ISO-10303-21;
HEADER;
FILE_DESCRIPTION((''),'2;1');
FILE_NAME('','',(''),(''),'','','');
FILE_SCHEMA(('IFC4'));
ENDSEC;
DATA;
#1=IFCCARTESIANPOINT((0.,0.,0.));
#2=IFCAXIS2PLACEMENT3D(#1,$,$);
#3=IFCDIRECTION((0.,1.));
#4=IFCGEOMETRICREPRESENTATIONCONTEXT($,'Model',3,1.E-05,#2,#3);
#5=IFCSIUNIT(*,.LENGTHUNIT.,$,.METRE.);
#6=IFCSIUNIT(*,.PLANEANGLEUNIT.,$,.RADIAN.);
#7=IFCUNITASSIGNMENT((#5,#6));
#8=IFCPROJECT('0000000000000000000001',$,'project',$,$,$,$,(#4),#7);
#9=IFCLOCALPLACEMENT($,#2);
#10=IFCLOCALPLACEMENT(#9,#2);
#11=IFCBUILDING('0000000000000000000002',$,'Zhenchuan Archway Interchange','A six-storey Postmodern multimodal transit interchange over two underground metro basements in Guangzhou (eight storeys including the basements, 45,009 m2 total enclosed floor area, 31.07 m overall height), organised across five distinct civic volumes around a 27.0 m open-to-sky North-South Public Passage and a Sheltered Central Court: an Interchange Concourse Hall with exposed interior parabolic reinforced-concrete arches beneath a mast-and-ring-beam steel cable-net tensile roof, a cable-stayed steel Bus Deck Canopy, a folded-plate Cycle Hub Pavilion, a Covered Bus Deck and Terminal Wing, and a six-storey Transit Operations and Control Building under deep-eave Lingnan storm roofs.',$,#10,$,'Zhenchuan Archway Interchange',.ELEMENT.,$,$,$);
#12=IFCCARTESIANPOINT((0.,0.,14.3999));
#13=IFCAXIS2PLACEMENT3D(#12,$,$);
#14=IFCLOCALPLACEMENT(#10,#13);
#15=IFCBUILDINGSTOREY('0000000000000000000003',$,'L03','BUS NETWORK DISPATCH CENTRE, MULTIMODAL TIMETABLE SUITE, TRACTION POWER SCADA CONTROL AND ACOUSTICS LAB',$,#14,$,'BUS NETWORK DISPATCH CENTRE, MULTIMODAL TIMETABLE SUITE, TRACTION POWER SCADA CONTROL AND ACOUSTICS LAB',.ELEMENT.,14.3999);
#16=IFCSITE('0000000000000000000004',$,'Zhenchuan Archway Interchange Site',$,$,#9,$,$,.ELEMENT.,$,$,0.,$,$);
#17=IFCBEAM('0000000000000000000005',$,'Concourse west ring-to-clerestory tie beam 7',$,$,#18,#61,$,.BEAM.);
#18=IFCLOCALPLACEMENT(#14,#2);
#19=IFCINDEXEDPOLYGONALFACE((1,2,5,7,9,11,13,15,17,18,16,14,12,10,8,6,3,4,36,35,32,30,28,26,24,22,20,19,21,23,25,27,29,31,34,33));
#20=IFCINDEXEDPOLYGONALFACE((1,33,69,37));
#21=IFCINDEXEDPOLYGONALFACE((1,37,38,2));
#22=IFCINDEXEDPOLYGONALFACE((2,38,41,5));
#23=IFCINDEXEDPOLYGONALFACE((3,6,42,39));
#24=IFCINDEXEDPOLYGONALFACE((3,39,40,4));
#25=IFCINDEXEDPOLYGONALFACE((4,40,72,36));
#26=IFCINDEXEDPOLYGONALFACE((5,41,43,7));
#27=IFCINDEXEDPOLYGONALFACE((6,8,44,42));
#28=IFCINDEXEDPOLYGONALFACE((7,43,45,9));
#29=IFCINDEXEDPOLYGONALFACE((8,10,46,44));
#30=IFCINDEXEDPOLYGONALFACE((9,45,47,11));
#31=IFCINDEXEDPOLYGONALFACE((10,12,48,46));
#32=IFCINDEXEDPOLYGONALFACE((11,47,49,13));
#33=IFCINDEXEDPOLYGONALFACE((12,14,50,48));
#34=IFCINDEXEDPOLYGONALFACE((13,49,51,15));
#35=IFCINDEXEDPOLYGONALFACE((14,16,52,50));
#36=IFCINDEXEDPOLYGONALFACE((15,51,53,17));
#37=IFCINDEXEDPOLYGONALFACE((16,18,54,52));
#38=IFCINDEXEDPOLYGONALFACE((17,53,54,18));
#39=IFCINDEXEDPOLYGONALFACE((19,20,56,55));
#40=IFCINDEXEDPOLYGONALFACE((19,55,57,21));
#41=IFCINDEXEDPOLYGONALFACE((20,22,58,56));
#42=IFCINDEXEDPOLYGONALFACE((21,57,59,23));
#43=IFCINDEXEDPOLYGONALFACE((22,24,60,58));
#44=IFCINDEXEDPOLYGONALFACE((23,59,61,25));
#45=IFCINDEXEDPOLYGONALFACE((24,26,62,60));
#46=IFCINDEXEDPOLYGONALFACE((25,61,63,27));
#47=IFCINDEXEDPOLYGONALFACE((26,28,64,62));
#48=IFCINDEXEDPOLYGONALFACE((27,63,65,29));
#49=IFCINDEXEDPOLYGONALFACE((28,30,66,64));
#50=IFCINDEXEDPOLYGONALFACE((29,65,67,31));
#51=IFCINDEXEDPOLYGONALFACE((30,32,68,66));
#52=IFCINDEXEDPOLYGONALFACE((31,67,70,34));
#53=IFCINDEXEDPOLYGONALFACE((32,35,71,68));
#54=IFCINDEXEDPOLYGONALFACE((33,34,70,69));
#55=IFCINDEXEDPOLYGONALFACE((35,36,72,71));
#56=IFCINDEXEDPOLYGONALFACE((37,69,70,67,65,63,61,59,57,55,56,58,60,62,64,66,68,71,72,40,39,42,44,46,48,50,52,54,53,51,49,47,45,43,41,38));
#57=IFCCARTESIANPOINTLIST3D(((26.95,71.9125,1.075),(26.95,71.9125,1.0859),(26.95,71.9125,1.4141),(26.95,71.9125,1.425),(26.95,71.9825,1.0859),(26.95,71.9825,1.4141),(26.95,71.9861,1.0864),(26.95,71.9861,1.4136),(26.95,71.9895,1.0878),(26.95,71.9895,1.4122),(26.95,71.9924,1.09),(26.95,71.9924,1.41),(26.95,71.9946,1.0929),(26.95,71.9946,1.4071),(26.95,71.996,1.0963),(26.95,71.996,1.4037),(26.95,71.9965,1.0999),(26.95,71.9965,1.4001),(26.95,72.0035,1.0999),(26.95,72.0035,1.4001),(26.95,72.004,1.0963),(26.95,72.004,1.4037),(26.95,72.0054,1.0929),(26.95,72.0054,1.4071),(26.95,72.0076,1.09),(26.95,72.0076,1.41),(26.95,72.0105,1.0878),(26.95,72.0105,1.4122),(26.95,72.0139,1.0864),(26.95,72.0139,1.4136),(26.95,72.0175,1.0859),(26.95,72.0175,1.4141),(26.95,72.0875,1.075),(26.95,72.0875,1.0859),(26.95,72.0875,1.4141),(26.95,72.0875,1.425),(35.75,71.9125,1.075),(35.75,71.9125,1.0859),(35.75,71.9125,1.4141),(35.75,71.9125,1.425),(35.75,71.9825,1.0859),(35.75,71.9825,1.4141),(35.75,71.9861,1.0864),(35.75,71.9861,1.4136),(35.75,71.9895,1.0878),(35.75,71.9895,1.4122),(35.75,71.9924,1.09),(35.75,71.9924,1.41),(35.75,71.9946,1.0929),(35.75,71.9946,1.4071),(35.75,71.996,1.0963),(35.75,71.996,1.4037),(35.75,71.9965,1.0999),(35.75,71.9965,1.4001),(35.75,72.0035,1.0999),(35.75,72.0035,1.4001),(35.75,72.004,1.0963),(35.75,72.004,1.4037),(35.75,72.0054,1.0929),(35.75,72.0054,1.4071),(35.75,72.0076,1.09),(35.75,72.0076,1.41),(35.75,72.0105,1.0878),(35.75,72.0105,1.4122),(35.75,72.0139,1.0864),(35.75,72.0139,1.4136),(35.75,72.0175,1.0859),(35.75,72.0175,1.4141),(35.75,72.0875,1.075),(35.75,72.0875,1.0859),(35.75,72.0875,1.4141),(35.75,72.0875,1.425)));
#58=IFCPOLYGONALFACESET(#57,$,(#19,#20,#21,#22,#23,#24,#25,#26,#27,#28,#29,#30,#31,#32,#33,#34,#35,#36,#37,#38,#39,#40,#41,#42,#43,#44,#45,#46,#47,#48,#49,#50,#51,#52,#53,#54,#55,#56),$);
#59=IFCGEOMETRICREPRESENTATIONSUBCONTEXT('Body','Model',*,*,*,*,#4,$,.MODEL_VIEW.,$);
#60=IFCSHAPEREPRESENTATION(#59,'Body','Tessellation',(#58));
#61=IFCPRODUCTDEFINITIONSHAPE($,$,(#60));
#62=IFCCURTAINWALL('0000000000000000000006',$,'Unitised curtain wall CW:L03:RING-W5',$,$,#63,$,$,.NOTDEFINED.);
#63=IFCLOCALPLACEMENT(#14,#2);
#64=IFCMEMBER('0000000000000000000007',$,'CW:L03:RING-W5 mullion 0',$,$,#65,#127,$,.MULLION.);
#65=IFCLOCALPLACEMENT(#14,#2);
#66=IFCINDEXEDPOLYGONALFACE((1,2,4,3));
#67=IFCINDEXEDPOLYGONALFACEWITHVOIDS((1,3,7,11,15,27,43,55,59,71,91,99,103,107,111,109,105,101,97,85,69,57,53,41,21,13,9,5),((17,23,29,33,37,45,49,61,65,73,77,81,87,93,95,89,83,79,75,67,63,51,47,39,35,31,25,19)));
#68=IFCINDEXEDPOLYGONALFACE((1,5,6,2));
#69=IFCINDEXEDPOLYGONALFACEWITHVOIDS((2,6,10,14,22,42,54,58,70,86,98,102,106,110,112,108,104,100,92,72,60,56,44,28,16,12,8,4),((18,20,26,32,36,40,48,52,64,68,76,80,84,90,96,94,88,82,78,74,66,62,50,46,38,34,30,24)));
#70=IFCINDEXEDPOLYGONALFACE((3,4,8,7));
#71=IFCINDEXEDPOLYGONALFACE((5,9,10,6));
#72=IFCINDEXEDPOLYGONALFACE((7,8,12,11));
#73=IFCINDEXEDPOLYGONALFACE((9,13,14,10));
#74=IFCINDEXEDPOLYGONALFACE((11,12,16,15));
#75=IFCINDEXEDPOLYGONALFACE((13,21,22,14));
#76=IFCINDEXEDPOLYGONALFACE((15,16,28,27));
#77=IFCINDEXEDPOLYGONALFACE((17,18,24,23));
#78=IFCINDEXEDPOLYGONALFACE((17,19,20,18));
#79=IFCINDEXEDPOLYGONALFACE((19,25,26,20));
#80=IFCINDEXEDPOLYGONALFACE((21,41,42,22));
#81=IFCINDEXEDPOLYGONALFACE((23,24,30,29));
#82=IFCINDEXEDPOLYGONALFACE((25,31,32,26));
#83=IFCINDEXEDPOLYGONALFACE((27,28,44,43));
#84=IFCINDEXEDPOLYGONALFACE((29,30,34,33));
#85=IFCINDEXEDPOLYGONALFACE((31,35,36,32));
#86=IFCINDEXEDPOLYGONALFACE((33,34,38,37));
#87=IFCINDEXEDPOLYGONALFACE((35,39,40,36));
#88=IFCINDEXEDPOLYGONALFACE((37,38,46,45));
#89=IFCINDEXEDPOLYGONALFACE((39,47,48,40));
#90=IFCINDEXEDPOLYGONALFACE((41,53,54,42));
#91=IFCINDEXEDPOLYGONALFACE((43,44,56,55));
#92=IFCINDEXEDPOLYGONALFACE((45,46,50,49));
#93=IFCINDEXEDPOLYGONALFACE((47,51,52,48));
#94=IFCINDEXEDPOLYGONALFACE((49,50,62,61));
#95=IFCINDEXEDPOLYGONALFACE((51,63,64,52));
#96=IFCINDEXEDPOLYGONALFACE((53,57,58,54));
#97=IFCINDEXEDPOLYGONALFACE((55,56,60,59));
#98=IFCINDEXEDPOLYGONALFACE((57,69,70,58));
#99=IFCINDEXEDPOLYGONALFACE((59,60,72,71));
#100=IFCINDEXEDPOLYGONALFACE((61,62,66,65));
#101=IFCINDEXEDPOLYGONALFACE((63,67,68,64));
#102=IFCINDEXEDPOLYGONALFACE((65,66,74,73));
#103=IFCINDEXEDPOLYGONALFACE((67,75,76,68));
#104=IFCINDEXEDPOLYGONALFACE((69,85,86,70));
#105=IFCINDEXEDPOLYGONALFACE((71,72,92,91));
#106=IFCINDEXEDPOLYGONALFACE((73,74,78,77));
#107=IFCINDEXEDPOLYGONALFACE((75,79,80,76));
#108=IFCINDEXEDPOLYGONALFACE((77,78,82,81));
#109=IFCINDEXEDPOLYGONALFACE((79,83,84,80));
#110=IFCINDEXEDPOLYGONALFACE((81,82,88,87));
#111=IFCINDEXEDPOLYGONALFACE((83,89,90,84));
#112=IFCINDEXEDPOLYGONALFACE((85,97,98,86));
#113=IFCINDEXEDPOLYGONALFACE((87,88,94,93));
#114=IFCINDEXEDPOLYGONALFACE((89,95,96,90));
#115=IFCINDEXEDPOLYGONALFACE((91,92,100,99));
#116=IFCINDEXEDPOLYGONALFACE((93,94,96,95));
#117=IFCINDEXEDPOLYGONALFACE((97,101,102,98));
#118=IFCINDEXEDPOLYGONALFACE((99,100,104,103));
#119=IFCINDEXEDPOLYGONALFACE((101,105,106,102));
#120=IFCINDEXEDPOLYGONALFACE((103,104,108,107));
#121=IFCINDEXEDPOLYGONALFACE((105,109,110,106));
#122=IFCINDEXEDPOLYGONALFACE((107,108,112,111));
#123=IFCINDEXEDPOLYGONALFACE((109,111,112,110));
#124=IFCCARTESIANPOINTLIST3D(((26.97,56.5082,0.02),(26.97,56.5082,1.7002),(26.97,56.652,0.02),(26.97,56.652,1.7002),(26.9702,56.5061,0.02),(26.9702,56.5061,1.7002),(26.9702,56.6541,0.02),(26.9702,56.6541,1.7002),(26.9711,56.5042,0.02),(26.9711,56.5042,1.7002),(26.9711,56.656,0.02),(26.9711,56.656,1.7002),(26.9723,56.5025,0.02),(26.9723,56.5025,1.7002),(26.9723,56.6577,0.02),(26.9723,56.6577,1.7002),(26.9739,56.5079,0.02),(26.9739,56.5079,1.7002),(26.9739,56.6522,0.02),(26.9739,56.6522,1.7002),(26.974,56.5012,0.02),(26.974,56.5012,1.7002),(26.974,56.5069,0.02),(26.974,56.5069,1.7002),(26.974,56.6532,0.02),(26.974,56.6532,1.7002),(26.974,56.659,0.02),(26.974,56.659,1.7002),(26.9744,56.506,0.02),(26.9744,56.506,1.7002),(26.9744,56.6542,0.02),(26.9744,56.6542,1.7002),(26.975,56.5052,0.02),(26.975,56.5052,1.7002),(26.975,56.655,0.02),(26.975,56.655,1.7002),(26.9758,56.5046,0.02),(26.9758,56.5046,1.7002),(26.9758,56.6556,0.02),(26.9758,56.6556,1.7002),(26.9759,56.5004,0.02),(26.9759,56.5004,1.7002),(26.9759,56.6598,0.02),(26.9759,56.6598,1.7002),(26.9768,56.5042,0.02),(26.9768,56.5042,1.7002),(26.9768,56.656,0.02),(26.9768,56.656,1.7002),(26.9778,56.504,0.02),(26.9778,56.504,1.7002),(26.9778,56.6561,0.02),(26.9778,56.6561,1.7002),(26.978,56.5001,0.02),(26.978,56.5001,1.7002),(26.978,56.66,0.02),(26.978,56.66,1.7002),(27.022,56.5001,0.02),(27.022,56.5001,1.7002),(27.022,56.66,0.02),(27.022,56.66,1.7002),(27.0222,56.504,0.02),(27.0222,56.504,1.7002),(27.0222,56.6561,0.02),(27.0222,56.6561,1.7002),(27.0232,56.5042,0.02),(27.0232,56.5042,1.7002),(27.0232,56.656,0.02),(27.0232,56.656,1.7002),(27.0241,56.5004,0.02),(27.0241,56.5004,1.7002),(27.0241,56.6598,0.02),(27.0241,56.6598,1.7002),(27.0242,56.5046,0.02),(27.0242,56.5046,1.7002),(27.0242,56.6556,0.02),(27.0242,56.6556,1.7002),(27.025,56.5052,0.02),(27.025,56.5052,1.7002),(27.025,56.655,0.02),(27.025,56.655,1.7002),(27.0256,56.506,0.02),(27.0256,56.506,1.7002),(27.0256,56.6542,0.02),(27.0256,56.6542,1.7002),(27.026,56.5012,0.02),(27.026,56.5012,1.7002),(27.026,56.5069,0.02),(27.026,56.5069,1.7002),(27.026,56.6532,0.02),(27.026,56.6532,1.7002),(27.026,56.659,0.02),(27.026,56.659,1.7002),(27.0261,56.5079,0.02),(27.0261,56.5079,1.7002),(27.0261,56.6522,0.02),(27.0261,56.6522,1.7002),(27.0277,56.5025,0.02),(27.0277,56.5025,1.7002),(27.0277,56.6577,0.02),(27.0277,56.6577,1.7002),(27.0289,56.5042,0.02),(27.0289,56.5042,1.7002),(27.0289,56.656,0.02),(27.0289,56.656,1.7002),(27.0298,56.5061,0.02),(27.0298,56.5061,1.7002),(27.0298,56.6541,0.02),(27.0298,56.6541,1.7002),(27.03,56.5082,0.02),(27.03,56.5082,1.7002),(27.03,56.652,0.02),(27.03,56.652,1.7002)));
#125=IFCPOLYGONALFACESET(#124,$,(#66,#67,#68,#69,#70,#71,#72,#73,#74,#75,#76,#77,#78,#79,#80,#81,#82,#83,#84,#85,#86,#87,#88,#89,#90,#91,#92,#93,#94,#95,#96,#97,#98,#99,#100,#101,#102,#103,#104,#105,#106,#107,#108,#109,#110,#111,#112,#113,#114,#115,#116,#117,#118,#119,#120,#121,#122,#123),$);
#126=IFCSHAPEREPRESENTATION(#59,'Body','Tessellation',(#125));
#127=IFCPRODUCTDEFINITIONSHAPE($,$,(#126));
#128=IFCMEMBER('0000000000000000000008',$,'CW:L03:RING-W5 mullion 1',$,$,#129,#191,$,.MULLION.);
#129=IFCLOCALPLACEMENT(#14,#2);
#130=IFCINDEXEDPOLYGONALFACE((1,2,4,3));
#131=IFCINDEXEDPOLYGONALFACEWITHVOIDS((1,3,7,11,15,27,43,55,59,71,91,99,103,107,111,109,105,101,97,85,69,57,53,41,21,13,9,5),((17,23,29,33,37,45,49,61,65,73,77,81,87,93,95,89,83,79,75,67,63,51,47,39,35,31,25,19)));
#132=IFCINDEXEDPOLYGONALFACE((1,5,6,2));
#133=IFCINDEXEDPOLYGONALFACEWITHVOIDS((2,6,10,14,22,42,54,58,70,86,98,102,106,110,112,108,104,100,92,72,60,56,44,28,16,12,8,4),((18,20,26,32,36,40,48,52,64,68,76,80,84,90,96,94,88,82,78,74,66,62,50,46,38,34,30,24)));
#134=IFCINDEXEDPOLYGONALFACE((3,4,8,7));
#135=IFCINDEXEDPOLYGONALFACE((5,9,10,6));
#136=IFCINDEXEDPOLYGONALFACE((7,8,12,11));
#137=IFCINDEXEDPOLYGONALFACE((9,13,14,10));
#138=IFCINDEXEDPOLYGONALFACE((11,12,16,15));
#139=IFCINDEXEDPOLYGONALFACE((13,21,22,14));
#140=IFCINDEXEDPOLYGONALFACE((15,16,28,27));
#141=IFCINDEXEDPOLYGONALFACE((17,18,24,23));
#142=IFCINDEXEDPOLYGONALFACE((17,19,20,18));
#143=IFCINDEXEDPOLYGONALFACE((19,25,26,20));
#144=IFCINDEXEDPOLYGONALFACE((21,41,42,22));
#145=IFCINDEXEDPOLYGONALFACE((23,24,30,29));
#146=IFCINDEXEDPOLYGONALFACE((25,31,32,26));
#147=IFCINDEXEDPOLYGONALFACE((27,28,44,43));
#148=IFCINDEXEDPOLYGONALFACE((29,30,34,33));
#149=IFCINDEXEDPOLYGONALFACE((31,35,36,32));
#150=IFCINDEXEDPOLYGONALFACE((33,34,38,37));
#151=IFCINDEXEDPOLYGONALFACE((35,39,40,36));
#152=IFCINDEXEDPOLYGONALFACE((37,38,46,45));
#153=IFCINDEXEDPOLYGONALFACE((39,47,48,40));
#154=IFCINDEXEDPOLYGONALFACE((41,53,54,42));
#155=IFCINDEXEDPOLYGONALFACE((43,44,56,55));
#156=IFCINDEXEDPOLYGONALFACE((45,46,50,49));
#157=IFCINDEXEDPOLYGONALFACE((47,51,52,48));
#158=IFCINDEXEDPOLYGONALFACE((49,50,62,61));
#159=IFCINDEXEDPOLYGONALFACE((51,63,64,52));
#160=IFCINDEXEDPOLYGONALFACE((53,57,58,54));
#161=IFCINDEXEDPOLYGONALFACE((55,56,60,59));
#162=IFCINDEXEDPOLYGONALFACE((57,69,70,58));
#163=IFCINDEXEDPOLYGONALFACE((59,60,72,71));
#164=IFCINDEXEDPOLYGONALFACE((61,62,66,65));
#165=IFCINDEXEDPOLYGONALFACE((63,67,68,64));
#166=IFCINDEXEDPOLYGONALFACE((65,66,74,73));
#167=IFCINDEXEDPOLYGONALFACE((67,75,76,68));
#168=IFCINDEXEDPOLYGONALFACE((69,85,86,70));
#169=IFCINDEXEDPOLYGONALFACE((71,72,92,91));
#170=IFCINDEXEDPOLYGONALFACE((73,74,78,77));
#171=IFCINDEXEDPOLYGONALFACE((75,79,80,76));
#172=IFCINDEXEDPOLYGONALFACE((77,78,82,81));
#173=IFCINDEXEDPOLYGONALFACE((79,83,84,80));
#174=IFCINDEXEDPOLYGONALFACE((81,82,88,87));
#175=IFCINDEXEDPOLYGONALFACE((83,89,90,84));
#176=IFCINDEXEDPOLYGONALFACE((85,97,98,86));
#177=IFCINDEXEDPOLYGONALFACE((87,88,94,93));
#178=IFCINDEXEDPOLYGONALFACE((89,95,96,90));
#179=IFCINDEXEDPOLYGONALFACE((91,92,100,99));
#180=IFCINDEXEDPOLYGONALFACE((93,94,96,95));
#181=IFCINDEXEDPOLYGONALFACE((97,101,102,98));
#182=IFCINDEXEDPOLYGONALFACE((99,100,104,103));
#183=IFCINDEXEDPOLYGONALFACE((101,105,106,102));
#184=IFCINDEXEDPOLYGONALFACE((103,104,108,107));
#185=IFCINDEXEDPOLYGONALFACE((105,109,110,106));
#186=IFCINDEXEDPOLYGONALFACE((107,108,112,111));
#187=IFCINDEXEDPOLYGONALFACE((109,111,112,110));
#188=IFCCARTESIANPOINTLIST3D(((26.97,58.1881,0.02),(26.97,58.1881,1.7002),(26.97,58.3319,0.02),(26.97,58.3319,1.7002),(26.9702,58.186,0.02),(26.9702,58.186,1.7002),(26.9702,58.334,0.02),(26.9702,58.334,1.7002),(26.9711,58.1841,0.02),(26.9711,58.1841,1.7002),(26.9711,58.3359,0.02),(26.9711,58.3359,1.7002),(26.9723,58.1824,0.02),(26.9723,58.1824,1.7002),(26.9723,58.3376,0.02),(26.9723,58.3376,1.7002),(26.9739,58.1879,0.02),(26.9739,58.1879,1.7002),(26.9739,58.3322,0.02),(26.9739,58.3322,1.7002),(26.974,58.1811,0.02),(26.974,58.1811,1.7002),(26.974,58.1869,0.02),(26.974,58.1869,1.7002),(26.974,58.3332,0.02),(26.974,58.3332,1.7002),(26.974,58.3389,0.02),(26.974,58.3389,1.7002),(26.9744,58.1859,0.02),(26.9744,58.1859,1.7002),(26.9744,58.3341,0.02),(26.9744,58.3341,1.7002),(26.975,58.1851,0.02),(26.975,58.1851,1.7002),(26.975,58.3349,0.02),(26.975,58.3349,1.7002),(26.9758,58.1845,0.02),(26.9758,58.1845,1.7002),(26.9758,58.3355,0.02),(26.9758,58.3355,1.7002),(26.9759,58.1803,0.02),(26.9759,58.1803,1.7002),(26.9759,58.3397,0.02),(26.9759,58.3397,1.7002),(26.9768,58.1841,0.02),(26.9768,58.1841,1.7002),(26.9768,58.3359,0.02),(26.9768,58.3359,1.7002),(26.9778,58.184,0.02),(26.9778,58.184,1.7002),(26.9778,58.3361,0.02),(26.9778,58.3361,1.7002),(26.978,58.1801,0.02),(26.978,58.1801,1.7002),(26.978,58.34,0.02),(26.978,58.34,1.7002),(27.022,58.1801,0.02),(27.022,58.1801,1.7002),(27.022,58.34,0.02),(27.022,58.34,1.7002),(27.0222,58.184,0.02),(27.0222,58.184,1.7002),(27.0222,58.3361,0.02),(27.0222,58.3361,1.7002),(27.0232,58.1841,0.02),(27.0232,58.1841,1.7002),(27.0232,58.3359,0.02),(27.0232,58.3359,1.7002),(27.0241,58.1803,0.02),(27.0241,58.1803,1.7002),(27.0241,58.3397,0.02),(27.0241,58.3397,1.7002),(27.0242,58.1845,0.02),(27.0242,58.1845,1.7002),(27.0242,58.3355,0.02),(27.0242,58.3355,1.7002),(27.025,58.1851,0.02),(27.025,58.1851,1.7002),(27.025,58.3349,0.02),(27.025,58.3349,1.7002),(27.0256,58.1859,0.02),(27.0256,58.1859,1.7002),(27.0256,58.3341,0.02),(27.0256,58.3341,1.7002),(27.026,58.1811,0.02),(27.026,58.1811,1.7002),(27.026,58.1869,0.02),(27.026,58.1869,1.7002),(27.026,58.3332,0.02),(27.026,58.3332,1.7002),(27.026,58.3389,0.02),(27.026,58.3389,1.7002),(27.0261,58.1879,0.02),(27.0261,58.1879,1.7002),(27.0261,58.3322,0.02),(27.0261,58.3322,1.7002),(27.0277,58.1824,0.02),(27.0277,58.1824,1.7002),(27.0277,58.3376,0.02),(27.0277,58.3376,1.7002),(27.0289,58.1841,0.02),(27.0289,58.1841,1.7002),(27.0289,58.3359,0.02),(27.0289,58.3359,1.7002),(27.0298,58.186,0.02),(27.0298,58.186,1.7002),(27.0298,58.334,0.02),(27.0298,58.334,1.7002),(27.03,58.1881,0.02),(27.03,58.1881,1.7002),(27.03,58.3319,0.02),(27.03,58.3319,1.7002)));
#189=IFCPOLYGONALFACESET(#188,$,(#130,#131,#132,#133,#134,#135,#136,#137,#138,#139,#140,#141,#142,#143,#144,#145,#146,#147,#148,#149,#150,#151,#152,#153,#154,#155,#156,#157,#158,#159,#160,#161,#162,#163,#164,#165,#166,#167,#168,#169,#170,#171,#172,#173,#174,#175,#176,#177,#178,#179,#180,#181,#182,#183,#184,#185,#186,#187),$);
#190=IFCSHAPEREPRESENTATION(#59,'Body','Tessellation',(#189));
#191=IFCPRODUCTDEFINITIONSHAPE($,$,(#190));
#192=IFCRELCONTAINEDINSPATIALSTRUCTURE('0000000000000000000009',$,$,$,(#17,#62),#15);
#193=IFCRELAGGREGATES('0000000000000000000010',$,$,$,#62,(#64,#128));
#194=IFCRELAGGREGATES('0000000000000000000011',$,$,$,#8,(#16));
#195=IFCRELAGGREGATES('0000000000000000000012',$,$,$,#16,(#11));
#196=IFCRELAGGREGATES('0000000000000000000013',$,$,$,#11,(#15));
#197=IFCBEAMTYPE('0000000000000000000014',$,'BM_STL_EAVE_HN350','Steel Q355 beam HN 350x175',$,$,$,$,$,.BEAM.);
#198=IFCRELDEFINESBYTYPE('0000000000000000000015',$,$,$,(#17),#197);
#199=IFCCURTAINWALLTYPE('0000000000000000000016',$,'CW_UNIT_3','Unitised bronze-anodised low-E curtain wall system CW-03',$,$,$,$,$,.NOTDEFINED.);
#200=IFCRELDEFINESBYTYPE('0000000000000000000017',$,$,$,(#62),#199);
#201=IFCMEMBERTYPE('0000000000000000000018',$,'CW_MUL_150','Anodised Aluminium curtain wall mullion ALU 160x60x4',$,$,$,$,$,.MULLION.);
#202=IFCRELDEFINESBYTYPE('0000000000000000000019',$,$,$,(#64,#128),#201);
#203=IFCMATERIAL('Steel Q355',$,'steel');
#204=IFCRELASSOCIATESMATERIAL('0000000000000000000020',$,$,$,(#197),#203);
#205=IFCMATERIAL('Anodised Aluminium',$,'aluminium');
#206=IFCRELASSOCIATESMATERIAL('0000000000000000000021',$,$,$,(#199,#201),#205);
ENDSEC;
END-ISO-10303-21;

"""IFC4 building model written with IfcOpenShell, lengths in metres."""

from ifc_helpers import new_model, si_unit, direction, frame, origin, origin_2d, place, context, subcontext, project, spatial, hollow_rectangle, i_section, extrude, material, material_profile, profile_set, type_object, element, aggregate, save


model = new_model("IFC4")

# Units and contexts
model_context = context("Model", 3, precision=1e-05, world=origin(), true_north=direction((0.0, 1.0)))
body_context = subcontext(model_context, "Body", "Model", "MODEL_VIEW")
ifc_project = project(units=[si_unit("LENGTHUNIT", "METRE"), si_unit("PLANEANGLEUNIT", "RADIAN")], contexts=[model_context])

# Site, building, storey
site_placement = place(None, origin())
site = spatial("IfcSite", under=ifc_project, at=site_placement, Name="Zhenchuan Archway Interchange Site", CompositionType="ELEMENT", RefElevation=0.0)
building_placement = place(site_placement, origin())
building = spatial("IfcBuilding", under=site, at=building_placement, Name="Zhenchuan Archway Interchange", Description="A six-storey Postmodern multimodal transit interchange over two underground metro basements in Guangzhou (eight storeys including the basements, 45,009 m2 total enclosed floor area, 31.07 m overall height), organised across five distinct civic volumes around a 27.0 m open-to-sky North-South Public Passage and a Sheltered Central Court: an Interchange Concourse Hall with exposed interior parabolic reinforced-concrete arches beneath a mast-and-ring-beam steel cable-net tensile roof, a cable-stayed steel Bus Deck Canopy, a folded-plate Cycle Hub Pavilion, a Covered Bus Deck and Terminal Wing, and a six-storey Transit Operations and Control Building under deep-eave Lingnan storm roofs.", LongName="Zhenchuan Archway Interchange", CompositionType="ELEMENT")
storey_placement = place(building_placement, frame((0.0, 0.0, 14.3999)))
storey = spatial("IfcBuildingStorey", under=building, at=storey_placement, Name="L03", Description="BUS NETWORK DISPATCH CENTRE, MULTIMODAL TIMETABLE SUITE, TRACTION POWER SCADA CONTROL AND ACOUSTICS LAB", LongName="BUS NETWORK DISPATCH CENTRE, MULTIMODAL TIMETABLE SUITE, TRACTION POWER SCADA CONTROL AND ACOUSTICS LAB", CompositionType="ELEMENT", Elevation=14.3999)

# Shared definitions
ifc_material_1 = material(Name="Steel Q355", Category="steel")

# Beam
ifc_material_profile_1 = material_profile(ifc_material_1, i_section(OverallWidth=0.175, OverallDepth=0.3501, WebThickness=0.0071, FlangeThickness=0.011, FilletRadius=0.0139, at=origin_2d()), Name="HN 350x175")
ifc_profile_set_1 = profile_set([ifc_material_profile_1], Name="Steel Q355")
beam_type_1 = type_object("IfcBeamType", Name="BM_STL_EAVE_HN350", Description="Steel Q355 beam HN 350x175", PredefinedType="BEAM", material=ifc_profile_set_1)
for number, where, z_axis, x_axis, name in (
    (1, (26.95, 72.0, 1.25), (1.0, 0.0, 0.0), (0.0, 1.0, 0.0), "Concourse west ring-to-clerestory tie beam 7"),
):
    element("IfcBeam", number, at=place(storey_placement, frame(where, z_axis=z_axis, x_axis=x_axis)), inside=storey, type_object=beam_type_1, Name=name, PredefinedType="BEAM", context=body_context, shape_type="SweptSolid", body=[
        extrude(i_section(OverallWidth=0.175, OverallDepth=0.3501, WebThickness=0.0071, FlangeThickness=0.011, FilletRadius=0.0139, at=origin_2d()), origin(), (0.0, 0.0, 1.0), 8.8),
    ])

# Curtain wall, members
ifc_material_2 = material(Name="Anodised Aluminium", Category="aluminium")
curtain_wall_type = type_object("IfcCurtainWallType", Name="CW_UNIT_3", Description="Unitised bronze-anodised low-E curtain wall system CW-03", PredefinedType="NOTDEFINED", material=ifc_material_2)
curtain_wall_1_placement = place(storey_placement, origin())
curtain_wall_1 = element("IfcCurtainWall", 2, at=curtain_wall_1_placement, inside=storey, type_object=curtain_wall_type, Name="Unitised curtain wall CW:L03:RING-W5", PredefinedType="NOTDEFINED")
ifc_material_profile_2 = material_profile(ifc_material_2, hollow_rectangle(XDim=0.0601, YDim=0.1599, WallThickness=0.0039, InnerFilletRadius=0.0039, OuterFilletRadius=0.0081, at=origin_2d()), Name="ALU 160x60x4")
ifc_profile_set_2 = profile_set([ifc_material_profile_2], Name="Anodised Aluminium")
member_type_1 = type_object("IfcMemberType", Name="CW_MUL_150", Description="Anodised Aluminium curtain wall mullion ALU 160x60x4", PredefinedType="MULLION", material=ifc_profile_set_2)
member_1_placement = place(storey_placement, frame((27.0, 56.5801, 0.02), z_axis=(0.0, 0.0, 1.0), x_axis=(1.0, 0.0, 0.0)))
member_1 = element("IfcMember", 3, at=member_1_placement, type_object=member_type_1, Name="CW:L03:RING-W5 mullion 0", PredefinedType="MULLION", context=body_context, shape_type="SweptSolid", body=[
    extrude(hollow_rectangle(XDim=0.0601, YDim=0.1599, WallThickness=0.0039, InnerFilletRadius=0.0039, OuterFilletRadius=0.0081, at=origin_2d()), origin(), (0.0, 0.0, 1.0), 1.6802),
])
member_2_placement = place(storey_placement, frame((27.0, 58.26, 0.02), z_axis=(0.0, 0.0, 1.0), x_axis=(1.0, 0.0, 0.0)))
member_2 = element("IfcMember", 4, at=member_2_placement, type_object=member_type_1, Name="CW:L03:RING-W5 mullion 1", PredefinedType="MULLION", context=body_context, shape_type="SweptSolid", body=[
    extrude(hollow_rectangle(XDim=0.0601, YDim=0.1599, WallThickness=0.0039, InnerFilletRadius=0.0039, OuterFilletRadius=0.0081, at=origin_2d()), origin(), (0.0, 0.0, 1.0), 1.6802),
])

aggregate(curtain_wall_1, [member_1, member_2])

save(model, "model.ifc")
